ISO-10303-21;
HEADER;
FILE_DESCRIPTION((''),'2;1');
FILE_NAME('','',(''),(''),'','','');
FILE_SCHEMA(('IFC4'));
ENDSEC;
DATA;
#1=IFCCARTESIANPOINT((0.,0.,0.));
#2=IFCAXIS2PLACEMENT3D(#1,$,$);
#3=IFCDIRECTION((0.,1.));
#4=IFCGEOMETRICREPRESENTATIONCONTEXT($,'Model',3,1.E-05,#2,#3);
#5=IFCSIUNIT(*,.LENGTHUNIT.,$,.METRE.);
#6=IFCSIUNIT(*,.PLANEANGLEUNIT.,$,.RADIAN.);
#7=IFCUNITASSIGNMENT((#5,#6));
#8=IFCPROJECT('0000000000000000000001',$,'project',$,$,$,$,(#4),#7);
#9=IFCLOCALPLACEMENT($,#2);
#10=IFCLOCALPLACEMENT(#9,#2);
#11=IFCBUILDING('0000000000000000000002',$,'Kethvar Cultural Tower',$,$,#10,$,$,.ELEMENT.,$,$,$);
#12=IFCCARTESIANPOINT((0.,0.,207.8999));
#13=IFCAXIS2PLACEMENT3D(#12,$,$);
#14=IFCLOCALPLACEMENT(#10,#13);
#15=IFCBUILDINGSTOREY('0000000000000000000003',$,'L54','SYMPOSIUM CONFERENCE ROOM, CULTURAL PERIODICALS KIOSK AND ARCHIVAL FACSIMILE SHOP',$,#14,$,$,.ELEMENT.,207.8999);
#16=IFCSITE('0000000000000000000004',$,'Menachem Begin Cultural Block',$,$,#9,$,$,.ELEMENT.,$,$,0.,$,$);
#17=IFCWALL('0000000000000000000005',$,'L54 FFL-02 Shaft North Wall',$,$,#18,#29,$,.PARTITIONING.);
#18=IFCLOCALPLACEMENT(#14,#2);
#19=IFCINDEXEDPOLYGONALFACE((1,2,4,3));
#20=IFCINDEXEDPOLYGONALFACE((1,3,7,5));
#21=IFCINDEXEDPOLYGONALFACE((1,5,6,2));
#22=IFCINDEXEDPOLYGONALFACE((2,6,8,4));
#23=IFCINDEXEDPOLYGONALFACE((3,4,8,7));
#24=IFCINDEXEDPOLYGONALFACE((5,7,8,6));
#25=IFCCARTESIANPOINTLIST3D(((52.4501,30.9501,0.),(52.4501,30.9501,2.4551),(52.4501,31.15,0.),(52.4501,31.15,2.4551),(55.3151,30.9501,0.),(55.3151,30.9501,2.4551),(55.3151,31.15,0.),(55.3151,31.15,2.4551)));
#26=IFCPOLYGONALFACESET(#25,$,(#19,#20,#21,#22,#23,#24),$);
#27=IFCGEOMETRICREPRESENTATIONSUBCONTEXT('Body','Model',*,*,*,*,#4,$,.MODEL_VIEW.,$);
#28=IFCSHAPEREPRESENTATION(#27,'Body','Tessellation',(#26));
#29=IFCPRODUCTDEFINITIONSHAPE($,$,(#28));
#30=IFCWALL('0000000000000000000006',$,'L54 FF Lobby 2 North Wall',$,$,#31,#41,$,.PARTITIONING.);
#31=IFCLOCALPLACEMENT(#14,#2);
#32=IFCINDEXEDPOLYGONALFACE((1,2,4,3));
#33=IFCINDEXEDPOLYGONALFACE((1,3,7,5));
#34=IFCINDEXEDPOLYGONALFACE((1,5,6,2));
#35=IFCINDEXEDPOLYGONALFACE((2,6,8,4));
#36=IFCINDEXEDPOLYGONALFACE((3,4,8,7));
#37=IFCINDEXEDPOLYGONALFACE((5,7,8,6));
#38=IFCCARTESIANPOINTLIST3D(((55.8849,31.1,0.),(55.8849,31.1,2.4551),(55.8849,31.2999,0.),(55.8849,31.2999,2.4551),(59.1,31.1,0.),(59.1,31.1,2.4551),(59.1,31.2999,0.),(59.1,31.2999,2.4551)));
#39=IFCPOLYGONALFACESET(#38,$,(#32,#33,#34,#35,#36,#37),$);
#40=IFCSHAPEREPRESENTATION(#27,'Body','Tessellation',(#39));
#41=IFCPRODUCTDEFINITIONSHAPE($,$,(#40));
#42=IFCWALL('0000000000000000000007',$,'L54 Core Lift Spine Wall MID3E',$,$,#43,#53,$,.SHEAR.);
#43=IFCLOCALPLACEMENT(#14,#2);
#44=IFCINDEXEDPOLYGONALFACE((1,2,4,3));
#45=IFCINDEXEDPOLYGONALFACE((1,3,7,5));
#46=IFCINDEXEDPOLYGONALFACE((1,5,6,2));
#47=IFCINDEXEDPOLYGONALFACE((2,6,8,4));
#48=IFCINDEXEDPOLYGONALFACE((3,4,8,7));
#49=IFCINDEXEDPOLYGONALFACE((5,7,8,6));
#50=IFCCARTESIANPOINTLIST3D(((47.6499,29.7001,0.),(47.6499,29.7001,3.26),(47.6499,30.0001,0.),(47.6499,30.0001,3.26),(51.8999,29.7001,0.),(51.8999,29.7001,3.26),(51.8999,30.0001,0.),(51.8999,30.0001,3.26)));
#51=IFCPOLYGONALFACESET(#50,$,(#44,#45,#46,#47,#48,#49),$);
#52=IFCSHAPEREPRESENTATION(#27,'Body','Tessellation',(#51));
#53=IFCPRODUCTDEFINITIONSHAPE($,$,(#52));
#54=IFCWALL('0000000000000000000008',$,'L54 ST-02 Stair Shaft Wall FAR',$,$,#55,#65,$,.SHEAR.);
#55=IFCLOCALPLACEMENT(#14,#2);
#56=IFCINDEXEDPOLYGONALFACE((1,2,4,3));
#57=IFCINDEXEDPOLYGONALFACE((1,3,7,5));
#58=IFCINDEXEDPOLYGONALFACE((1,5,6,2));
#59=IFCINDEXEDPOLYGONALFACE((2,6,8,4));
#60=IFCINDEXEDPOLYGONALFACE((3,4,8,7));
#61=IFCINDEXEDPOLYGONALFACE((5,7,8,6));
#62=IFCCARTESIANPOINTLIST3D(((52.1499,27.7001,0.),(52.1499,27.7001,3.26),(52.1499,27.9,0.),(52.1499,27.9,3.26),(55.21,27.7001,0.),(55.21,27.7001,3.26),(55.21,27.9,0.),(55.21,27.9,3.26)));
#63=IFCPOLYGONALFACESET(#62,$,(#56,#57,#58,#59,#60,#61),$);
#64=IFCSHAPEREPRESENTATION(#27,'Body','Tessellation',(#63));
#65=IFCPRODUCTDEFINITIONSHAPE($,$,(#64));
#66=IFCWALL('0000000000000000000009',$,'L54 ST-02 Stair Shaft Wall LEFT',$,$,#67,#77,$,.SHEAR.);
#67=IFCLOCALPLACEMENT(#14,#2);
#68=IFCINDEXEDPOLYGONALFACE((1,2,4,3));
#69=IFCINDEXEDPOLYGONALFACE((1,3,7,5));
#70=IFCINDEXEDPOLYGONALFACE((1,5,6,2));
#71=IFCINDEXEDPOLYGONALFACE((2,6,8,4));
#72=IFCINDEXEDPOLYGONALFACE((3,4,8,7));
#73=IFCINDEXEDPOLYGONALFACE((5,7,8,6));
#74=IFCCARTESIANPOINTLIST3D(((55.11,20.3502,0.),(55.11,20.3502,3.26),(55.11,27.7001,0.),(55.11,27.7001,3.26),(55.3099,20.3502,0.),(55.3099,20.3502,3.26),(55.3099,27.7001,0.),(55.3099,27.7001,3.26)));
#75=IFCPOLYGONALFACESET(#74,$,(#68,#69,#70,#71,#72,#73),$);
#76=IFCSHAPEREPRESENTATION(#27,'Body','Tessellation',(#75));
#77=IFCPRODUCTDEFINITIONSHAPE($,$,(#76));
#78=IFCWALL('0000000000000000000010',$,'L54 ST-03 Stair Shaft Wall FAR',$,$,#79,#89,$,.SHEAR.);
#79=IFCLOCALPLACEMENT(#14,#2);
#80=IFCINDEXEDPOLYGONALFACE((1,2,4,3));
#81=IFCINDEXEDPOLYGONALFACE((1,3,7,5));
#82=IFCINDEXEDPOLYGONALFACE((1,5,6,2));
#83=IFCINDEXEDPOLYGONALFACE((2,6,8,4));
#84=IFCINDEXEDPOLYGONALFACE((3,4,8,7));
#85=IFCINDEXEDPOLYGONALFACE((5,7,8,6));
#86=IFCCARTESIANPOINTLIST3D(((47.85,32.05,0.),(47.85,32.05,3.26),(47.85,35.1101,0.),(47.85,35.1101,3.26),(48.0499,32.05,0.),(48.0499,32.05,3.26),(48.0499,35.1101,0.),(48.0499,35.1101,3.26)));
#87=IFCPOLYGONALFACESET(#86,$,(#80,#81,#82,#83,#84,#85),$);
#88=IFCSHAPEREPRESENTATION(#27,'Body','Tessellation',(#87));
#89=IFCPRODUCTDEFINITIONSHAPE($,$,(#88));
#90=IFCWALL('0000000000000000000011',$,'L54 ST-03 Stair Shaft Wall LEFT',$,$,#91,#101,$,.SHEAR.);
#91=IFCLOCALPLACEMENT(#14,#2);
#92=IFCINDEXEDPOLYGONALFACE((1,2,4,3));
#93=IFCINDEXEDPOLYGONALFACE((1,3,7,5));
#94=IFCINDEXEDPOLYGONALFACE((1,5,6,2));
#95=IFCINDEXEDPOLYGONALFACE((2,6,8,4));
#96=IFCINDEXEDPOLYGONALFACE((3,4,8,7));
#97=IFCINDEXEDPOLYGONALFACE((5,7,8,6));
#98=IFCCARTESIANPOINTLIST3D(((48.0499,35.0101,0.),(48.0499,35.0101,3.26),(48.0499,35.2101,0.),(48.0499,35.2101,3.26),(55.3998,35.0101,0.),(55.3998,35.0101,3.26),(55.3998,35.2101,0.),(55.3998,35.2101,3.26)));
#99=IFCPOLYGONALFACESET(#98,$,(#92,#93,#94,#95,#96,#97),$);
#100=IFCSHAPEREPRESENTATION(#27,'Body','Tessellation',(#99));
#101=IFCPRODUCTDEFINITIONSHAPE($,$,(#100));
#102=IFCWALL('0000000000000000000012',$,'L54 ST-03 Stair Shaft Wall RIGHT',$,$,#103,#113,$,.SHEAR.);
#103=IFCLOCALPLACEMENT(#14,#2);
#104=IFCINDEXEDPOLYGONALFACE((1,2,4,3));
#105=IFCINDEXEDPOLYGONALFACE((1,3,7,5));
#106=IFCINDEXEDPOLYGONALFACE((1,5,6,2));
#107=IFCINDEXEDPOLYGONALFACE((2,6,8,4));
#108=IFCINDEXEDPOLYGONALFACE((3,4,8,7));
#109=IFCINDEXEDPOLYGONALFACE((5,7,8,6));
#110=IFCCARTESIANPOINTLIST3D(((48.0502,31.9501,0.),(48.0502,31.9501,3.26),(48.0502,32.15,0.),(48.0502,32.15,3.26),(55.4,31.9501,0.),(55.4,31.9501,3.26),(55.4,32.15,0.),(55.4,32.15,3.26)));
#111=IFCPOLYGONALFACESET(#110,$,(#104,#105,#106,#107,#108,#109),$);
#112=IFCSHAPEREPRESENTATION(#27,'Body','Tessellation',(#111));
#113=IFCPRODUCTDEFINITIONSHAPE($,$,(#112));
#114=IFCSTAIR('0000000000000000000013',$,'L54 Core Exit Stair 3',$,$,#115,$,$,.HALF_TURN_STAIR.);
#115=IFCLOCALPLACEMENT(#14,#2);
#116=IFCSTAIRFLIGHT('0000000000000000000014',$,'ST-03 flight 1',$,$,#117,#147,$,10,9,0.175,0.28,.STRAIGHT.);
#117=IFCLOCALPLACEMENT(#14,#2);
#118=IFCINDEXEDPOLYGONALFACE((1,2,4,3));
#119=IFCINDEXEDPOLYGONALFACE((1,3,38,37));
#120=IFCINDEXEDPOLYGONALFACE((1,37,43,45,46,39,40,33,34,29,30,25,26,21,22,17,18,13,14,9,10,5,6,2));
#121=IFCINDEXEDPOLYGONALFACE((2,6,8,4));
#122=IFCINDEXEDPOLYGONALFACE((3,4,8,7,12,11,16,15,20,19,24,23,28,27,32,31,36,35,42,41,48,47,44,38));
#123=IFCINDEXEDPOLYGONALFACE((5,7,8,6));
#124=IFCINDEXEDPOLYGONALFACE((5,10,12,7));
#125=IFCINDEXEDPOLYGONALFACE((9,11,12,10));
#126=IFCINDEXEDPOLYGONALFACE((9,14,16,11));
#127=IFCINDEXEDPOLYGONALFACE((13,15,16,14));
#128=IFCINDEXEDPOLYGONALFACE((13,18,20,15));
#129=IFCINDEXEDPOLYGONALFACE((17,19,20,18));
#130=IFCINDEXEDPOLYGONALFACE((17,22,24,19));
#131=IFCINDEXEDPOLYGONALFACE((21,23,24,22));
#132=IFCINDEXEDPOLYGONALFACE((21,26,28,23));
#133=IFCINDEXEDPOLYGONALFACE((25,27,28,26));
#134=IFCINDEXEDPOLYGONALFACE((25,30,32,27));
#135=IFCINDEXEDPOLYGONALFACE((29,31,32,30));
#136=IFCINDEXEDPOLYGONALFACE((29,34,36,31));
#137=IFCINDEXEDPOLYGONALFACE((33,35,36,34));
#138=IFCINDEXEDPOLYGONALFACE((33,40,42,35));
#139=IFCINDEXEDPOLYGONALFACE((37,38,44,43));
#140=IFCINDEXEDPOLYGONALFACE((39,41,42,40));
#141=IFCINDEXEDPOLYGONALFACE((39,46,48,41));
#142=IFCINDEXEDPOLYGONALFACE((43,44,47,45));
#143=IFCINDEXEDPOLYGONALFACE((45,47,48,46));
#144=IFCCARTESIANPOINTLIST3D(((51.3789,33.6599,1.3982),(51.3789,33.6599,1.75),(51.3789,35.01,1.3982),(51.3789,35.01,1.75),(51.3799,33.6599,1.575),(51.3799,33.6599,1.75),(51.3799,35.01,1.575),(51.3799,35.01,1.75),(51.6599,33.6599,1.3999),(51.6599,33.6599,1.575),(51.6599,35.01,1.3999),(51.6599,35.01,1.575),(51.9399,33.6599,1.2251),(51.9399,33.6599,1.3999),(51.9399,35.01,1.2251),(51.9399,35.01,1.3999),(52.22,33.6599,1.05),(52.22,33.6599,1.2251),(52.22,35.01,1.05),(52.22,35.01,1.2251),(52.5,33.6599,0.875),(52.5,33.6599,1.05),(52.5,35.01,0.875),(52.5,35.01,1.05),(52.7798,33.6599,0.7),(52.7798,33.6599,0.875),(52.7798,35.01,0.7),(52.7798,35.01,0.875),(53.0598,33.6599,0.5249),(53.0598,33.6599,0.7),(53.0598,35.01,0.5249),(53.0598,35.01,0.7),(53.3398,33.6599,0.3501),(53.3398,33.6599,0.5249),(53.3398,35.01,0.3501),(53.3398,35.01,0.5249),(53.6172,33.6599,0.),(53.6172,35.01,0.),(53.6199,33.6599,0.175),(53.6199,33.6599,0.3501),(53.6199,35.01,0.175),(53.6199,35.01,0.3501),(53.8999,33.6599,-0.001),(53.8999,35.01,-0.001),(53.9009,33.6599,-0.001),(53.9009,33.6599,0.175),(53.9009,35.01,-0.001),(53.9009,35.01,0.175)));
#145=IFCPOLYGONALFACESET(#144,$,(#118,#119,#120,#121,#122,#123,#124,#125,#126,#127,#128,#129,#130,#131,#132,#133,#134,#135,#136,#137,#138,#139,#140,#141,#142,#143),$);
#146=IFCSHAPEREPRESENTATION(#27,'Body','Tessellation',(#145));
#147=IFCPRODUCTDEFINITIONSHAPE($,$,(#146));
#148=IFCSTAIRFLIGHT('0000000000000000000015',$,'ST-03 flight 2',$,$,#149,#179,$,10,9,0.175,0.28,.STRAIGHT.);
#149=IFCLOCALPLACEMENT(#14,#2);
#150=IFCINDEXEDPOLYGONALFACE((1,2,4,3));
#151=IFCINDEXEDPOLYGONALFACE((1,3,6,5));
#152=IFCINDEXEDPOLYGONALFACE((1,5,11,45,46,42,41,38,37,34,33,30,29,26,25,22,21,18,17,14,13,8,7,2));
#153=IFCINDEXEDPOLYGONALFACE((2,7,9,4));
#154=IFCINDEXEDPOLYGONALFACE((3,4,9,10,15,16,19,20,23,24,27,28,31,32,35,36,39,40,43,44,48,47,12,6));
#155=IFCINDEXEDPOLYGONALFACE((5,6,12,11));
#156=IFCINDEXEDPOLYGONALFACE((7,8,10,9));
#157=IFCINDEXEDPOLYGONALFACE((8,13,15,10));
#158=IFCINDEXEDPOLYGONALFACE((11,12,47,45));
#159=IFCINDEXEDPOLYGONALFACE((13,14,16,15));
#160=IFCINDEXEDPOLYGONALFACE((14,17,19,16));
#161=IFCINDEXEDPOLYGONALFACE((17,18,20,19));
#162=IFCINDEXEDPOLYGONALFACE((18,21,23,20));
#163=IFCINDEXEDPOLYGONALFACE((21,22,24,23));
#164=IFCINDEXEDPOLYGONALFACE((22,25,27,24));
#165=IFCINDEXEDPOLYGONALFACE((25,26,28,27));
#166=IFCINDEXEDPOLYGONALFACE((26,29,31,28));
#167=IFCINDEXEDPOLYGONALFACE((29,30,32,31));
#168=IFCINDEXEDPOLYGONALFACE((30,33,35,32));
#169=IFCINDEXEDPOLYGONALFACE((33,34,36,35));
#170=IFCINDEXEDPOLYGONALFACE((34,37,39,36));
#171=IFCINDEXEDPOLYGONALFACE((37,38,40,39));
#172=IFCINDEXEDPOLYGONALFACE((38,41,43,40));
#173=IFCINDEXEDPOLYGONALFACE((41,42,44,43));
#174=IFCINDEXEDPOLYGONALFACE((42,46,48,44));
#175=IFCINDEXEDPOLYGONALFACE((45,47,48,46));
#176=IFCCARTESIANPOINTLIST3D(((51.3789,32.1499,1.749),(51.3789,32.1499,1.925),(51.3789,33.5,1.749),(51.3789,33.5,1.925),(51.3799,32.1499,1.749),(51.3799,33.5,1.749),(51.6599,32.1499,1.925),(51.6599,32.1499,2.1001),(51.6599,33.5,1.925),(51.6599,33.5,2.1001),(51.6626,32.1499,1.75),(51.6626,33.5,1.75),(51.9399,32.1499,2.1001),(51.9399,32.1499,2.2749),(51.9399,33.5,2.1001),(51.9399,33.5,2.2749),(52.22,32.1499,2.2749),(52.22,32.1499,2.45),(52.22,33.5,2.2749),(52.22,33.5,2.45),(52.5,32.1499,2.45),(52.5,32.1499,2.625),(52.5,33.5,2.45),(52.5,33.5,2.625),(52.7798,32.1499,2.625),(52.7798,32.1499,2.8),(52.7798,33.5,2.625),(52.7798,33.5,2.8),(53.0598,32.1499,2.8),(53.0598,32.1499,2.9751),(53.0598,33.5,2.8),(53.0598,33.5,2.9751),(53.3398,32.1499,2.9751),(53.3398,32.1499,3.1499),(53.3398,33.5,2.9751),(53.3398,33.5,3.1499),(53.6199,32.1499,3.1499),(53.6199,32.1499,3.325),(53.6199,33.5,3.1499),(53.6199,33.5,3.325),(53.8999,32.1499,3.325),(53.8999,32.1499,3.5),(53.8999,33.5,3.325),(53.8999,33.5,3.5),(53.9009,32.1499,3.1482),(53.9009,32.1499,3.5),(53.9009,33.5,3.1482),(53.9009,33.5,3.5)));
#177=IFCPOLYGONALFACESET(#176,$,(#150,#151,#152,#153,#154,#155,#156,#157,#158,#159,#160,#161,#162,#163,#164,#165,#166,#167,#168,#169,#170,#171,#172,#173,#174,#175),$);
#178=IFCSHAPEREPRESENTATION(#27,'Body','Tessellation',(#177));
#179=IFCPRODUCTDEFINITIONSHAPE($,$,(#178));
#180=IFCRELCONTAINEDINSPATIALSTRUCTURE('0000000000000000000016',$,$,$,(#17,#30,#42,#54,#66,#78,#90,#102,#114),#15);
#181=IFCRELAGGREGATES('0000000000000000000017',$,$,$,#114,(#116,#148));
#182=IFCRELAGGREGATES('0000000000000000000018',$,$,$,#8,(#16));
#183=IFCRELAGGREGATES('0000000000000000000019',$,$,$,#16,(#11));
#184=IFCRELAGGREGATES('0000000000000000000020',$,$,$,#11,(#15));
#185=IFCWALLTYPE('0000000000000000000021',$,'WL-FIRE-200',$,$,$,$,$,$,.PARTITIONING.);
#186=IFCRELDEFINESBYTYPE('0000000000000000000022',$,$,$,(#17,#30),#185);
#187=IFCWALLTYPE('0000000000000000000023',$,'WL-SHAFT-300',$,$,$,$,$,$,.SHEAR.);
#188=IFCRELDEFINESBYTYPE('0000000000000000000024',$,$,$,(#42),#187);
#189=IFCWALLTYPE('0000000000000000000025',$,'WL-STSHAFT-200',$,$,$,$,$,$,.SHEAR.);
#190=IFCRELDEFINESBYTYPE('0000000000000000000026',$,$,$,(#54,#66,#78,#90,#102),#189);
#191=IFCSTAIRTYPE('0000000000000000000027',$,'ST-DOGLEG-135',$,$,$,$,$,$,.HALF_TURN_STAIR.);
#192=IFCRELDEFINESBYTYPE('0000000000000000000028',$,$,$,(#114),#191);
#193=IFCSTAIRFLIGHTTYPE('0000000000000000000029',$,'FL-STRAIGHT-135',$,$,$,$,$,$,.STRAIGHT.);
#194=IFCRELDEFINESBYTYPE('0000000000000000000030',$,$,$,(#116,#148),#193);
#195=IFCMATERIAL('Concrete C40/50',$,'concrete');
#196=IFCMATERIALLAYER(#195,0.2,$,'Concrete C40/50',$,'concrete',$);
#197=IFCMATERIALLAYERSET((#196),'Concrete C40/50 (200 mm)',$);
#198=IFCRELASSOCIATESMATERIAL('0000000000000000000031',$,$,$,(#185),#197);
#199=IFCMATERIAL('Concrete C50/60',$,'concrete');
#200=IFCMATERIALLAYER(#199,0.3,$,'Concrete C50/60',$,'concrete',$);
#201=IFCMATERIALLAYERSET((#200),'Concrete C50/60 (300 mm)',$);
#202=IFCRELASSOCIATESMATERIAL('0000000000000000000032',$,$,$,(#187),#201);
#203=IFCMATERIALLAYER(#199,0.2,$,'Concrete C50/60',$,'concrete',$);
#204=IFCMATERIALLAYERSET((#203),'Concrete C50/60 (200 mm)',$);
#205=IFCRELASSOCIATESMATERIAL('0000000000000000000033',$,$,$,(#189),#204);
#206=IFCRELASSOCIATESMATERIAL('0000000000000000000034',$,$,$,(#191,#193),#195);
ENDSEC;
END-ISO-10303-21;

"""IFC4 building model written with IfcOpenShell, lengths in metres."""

from ifc_helpers import new_model, si_unit, direction, frame, frame_2d, origin, place, context, subcontext, project, spatial, polyline, rectangle, outline, extrude, material, layer, layer_set, type_object, element, aggregate, save


model = new_model("IFC4")

# Units and contexts
model_context = context("Model", 3, precision=1e-05, world=origin(), true_north=direction((0.0, 1.0)))
body_context = subcontext(model_context, "Body", "Model", "MODEL_VIEW")
ifc_project = project(units=[si_unit("LENGTHUNIT", "METRE"), si_unit("PLANEANGLEUNIT", "RADIAN")], contexts=[model_context])

# Site, building, storey
site_placement = place(None, origin())
site = spatial("IfcSite", under=ifc_project, at=site_placement, Name="Menachem Begin Cultural Block", CompositionType="ELEMENT", RefElevation=0.0)
building_placement = place(site_placement, origin())
building = spatial("IfcBuilding", under=site, at=building_placement, Name="Kethvar Cultural Tower", CompositionType="ELEMENT")
storey_placement = place(building_placement, frame((0.0, 0.0, 207.8999)))
storey = spatial("IfcBuildingStorey", under=building, at=storey_placement, Name="L54", Description="SYMPOSIUM CONFERENCE ROOM, CULTURAL PERIODICALS KIOSK AND ARCHIVAL FACSIMILE SHOP", CompositionType="ELEMENT", Elevation=207.8999)

# Walls
ifc_material_1 = material(Name="Concrete C40/50", Category="concrete")
ifc_layer_1 = layer(ifc_material_1, 0.2, Name="Concrete C40/50", Category="concrete")
ifc_layer_set_1 = layer_set([ifc_layer_1], Name="Concrete C40/50 (200 mm)")
wall_type_1 = type_object("IfcWallType", Name="WL-FIRE-200", PredefinedType="PARTITIONING", material=ifc_layer_set_1)
for number, where, z_axis, x_axis, name in (
    (1, (52.45, 31.05, 0.0), (0.0, 0.0, 1.0), (1.0, 0.0, 0.0), "L54 FFL-02 Shaft North Wall"),
):
    element("IfcWall", number, at=place(storey_placement, frame(where, z_axis=z_axis, x_axis=x_axis)), inside=storey, type_object=wall_type_1, Name=name, PredefinedType="PARTITIONING", context=body_context, shape_type="SweptSolid", body=[
        extrude(rectangle(XDim=2.865, YDim=0.2, at=frame_2d((1.4326, 0.0))), origin(), (0.0, 0.0, 1.0), 2.4551),
    ])
wall_1_placement = place(storey_placement, frame((55.885, 31.2, 0.0), z_axis=(0.0, 0.0, 1.0), x_axis=(1.0, 0.0, 0.0)))
element("IfcWall", 2, at=wall_1_placement, inside=storey, type_object=wall_type_1, Name="L54 FF Lobby 2 North Wall", PredefinedType="PARTITIONING", context=body_context, shape_type="SweptSolid", body=[
    extrude(rectangle(XDim=3.2151, YDim=0.2, at=frame_2d((1.6074, 0.0))), origin(), (0.0, 0.0, 1.0), 2.4551),
])
ifc_material_2 = material(Name="Concrete C50/60", Category="concrete")
ifc_layer_2 = layer(ifc_material_2, 0.3, Name="Concrete C50/60", Category="concrete")
ifc_layer_set_2 = layer_set([ifc_layer_2], Name="Concrete C50/60 (300 mm)")
wall_type_2 = type_object("IfcWallType", Name="WL-SHAFT-300", PredefinedType="SHEAR", material=ifc_layer_set_2)
wall_2_placement = place(storey_placement, frame((47.6499, 29.8501, 0.0), z_axis=(0.0, 0.0, 1.0), x_axis=(1.0, 0.0, 0.0)))
element("IfcWall", 3, at=wall_2_placement, inside=storey, type_object=wall_type_2, Name="L54 Core Lift Spine Wall MID3E", PredefinedType="SHEAR", context=body_context, shape_type="SweptSolid", body=[
    extrude(rectangle(XDim=4.25, YDim=0.3, at=frame_2d((2.125, 0.0))), origin(), (0.0, 0.0, 1.0), 3.26),
])
ifc_layer_3 = layer(ifc_material_2, 0.2, Name="Concrete C50/60", Category="concrete")
ifc_layer_set_3 = layer_set([ifc_layer_3], Name="Concrete C50/60 (200 mm)")
wall_type_3 = type_object("IfcWallType", Name="WL-STSHAFT-200", PredefinedType="SHEAR", material=ifc_layer_set_3)
wall_3_placement = place(storey_placement, frame((52.1499, 27.8, 0.0), z_axis=(0.0, 0.0, 1.0), x_axis=(1.0, 0.0, 0.0)))
element("IfcWall", 4, at=wall_3_placement, inside=storey, type_object=wall_type_3, Name="L54 ST-02 Stair Shaft Wall FAR", PredefinedType="SHEAR", context=body_context, shape_type="SweptSolid", body=[
    extrude(rectangle(XDim=3.0601, YDim=0.2, at=frame_2d((1.53, 0.0))), origin(), (0.0, 0.0, 1.0), 3.26),
])
wall_4_placement = place(storey_placement, frame((55.21, 27.7, 0.0), z_axis=(0.0, 0.0, 1.0), x_axis=(0.0, -1.0, 0.0)))
element("IfcWall", 5, at=wall_4_placement, inside=storey, type_object=wall_type_3, Name="L54 ST-02 Stair Shaft Wall LEFT", PredefinedType="SHEAR", context=body_context, shape_type="SweptSolid", body=[
    extrude(rectangle(XDim=7.3499, YDim=0.2, at=frame_2d((3.6748, 0.0))), origin(), (0.0, 0.0, 1.0), 3.26),
])
wall_5_placement = place(storey_placement, frame((47.95, 32.05, 0.0), z_axis=(0.0, 0.0, 1.0), x_axis=(0.0, 1.0, 0.0)))
element("IfcWall", 6, at=wall_5_placement, inside=storey, type_object=wall_type_3, Name="L54 ST-03 Stair Shaft Wall FAR", PredefinedType="SHEAR", context=body_context, shape_type="SweptSolid", body=[
    extrude(rectangle(XDim=3.0601, YDim=0.2, at=frame_2d((1.53, 0.0))), origin(), (0.0, 0.0, 1.0), 3.26),
])
for number, where, z_axis, x_axis, name in (
    (7, (48.05, 35.1101, 0.0), (0.0, 0.0, 1.0), (1.0, 0.0, 0.0), "L54 ST-03 Stair Shaft Wall LEFT"),
    (8, (55.3999, 32.05, 0.0), (0.0, 0.0, 1.0), (-1.0, 0.0, 0.0), "L54 ST-03 Stair Shaft Wall RIGHT"),
):
    element("IfcWall", number, at=place(storey_placement, frame(where, z_axis=z_axis, x_axis=x_axis)), inside=storey, type_object=wall_type_3, Name=name, PredefinedType="SHEAR", context=body_context, shape_type="SweptSolid", body=[
        extrude(rectangle(XDim=7.3499, YDim=0.2, at=frame_2d((3.6748, 0.0))), origin(), (0.0, 0.0, 1.0), 3.26),
    ])

# Stair, stair flights
stair_type = type_object("IfcStairType", Name="ST-DOGLEG-135", PredefinedType="HALF_TURN_STAIR", material=ifc_material_1)
stair_placement = place(storey_placement, origin())
stair = element("IfcStair", 9, at=stair_placement, inside=storey, type_object=stair_type, Name="L54 Core Exit Stair 3", PredefinedType="HALF_TURN_STAIR")
stair_flight_type = type_object("IfcStairFlightType", Name="FL-STRAIGHT-135", PredefinedType="STRAIGHT", material=ifc_material_1)
stair_flight_1_placement = place(storey_placement, frame((53.8999, 34.335, 0.0), z_axis=(0.0, 0.0, 1.0), x_axis=(-1.0, 0.0, 0.0)))
stair_flight_1 = element("IfcStairFlight", 10, at=stair_flight_1_placement, type_object=stair_flight_type, Name="ST-03 flight 1", NumberOfRisers=10, NumberOfTreads=9, PredefinedType="STRAIGHT", RiserHeight=0.175, TreadLength=0.28, context=body_context, shape_type="SweptSolid", body=[
    extrude(outline(polyline([(-0.001, -0.001), (-0.001, 0.175), (0.28, 0.175), (0.28, 0.3501), (0.5601, 0.3501), (0.5601, 0.5249), (0.8401, 0.5249), (0.8401, 0.7), (1.1201, 0.7), (1.1201, 0.875), (1.3999, 0.875), (1.3999, 1.05), (1.6799, 1.05), (1.6799, 1.2251), (1.96, 1.2251), (1.96, 1.3999), (2.24, 1.3999), (2.24, 1.575), (2.52, 1.575), (2.52, 1.75), (2.521, 1.75), (2.521, 1.3982), (0.2827, 0.0), (0.0, -0.001), (-0.001, -0.001)])), frame((0.0, 0.675, 0.0), z_axis=(0.0, -1.0, 0.0), x_axis=(1.0, 0.0, 0.0)), (0.0, 0.0, 1.0), 1.3501),
])
stair_flight_2_placement = place(storey_placement, frame((51.3799, 32.825, 1.75), z_axis=(0.0, 0.0, 1.0), x_axis=(1.0, 0.0, 0.0)))
stair_flight_2 = element("IfcStairFlight", 11, at=stair_flight_2_placement, type_object=stair_flight_type, Name="ST-03 flight 2", NumberOfRisers=10, NumberOfTreads=9, PredefinedType="STRAIGHT", RiserHeight=0.175, TreadLength=0.28, context=body_context, shape_type="SweptSolid", body=[
    extrude(outline(polyline([(-0.001, -0.001), (-0.001, 0.175), (0.28, 0.175), (0.28, 0.3501), (0.5601, 0.3501), (0.5601, 0.5249), (0.8401, 0.5249), (0.8401, 0.7), (1.1201, 0.7), (1.1201, 0.875), (1.3999, 0.875), (1.3999, 1.05), (1.6799, 1.05), (1.6799, 1.2251), (1.96, 1.2251), (1.96, 1.3999), (2.24, 1.3999), (2.24, 1.575), (2.52, 1.575), (2.52, 1.75), (2.521, 1.75), (2.521, 1.3982), (0.2827, 0.0), (0.0, -0.001), (-0.001, -0.001)])), frame((0.0, 0.675, 0.0), z_axis=(0.0, -1.0, 0.0), x_axis=(1.0, 0.0, 0.0)), (0.0, 0.0, 1.0), 1.3501),
])
aggregate(stair, [stair_flight_1, stair_flight_2])

save(model, "model.ifc")
